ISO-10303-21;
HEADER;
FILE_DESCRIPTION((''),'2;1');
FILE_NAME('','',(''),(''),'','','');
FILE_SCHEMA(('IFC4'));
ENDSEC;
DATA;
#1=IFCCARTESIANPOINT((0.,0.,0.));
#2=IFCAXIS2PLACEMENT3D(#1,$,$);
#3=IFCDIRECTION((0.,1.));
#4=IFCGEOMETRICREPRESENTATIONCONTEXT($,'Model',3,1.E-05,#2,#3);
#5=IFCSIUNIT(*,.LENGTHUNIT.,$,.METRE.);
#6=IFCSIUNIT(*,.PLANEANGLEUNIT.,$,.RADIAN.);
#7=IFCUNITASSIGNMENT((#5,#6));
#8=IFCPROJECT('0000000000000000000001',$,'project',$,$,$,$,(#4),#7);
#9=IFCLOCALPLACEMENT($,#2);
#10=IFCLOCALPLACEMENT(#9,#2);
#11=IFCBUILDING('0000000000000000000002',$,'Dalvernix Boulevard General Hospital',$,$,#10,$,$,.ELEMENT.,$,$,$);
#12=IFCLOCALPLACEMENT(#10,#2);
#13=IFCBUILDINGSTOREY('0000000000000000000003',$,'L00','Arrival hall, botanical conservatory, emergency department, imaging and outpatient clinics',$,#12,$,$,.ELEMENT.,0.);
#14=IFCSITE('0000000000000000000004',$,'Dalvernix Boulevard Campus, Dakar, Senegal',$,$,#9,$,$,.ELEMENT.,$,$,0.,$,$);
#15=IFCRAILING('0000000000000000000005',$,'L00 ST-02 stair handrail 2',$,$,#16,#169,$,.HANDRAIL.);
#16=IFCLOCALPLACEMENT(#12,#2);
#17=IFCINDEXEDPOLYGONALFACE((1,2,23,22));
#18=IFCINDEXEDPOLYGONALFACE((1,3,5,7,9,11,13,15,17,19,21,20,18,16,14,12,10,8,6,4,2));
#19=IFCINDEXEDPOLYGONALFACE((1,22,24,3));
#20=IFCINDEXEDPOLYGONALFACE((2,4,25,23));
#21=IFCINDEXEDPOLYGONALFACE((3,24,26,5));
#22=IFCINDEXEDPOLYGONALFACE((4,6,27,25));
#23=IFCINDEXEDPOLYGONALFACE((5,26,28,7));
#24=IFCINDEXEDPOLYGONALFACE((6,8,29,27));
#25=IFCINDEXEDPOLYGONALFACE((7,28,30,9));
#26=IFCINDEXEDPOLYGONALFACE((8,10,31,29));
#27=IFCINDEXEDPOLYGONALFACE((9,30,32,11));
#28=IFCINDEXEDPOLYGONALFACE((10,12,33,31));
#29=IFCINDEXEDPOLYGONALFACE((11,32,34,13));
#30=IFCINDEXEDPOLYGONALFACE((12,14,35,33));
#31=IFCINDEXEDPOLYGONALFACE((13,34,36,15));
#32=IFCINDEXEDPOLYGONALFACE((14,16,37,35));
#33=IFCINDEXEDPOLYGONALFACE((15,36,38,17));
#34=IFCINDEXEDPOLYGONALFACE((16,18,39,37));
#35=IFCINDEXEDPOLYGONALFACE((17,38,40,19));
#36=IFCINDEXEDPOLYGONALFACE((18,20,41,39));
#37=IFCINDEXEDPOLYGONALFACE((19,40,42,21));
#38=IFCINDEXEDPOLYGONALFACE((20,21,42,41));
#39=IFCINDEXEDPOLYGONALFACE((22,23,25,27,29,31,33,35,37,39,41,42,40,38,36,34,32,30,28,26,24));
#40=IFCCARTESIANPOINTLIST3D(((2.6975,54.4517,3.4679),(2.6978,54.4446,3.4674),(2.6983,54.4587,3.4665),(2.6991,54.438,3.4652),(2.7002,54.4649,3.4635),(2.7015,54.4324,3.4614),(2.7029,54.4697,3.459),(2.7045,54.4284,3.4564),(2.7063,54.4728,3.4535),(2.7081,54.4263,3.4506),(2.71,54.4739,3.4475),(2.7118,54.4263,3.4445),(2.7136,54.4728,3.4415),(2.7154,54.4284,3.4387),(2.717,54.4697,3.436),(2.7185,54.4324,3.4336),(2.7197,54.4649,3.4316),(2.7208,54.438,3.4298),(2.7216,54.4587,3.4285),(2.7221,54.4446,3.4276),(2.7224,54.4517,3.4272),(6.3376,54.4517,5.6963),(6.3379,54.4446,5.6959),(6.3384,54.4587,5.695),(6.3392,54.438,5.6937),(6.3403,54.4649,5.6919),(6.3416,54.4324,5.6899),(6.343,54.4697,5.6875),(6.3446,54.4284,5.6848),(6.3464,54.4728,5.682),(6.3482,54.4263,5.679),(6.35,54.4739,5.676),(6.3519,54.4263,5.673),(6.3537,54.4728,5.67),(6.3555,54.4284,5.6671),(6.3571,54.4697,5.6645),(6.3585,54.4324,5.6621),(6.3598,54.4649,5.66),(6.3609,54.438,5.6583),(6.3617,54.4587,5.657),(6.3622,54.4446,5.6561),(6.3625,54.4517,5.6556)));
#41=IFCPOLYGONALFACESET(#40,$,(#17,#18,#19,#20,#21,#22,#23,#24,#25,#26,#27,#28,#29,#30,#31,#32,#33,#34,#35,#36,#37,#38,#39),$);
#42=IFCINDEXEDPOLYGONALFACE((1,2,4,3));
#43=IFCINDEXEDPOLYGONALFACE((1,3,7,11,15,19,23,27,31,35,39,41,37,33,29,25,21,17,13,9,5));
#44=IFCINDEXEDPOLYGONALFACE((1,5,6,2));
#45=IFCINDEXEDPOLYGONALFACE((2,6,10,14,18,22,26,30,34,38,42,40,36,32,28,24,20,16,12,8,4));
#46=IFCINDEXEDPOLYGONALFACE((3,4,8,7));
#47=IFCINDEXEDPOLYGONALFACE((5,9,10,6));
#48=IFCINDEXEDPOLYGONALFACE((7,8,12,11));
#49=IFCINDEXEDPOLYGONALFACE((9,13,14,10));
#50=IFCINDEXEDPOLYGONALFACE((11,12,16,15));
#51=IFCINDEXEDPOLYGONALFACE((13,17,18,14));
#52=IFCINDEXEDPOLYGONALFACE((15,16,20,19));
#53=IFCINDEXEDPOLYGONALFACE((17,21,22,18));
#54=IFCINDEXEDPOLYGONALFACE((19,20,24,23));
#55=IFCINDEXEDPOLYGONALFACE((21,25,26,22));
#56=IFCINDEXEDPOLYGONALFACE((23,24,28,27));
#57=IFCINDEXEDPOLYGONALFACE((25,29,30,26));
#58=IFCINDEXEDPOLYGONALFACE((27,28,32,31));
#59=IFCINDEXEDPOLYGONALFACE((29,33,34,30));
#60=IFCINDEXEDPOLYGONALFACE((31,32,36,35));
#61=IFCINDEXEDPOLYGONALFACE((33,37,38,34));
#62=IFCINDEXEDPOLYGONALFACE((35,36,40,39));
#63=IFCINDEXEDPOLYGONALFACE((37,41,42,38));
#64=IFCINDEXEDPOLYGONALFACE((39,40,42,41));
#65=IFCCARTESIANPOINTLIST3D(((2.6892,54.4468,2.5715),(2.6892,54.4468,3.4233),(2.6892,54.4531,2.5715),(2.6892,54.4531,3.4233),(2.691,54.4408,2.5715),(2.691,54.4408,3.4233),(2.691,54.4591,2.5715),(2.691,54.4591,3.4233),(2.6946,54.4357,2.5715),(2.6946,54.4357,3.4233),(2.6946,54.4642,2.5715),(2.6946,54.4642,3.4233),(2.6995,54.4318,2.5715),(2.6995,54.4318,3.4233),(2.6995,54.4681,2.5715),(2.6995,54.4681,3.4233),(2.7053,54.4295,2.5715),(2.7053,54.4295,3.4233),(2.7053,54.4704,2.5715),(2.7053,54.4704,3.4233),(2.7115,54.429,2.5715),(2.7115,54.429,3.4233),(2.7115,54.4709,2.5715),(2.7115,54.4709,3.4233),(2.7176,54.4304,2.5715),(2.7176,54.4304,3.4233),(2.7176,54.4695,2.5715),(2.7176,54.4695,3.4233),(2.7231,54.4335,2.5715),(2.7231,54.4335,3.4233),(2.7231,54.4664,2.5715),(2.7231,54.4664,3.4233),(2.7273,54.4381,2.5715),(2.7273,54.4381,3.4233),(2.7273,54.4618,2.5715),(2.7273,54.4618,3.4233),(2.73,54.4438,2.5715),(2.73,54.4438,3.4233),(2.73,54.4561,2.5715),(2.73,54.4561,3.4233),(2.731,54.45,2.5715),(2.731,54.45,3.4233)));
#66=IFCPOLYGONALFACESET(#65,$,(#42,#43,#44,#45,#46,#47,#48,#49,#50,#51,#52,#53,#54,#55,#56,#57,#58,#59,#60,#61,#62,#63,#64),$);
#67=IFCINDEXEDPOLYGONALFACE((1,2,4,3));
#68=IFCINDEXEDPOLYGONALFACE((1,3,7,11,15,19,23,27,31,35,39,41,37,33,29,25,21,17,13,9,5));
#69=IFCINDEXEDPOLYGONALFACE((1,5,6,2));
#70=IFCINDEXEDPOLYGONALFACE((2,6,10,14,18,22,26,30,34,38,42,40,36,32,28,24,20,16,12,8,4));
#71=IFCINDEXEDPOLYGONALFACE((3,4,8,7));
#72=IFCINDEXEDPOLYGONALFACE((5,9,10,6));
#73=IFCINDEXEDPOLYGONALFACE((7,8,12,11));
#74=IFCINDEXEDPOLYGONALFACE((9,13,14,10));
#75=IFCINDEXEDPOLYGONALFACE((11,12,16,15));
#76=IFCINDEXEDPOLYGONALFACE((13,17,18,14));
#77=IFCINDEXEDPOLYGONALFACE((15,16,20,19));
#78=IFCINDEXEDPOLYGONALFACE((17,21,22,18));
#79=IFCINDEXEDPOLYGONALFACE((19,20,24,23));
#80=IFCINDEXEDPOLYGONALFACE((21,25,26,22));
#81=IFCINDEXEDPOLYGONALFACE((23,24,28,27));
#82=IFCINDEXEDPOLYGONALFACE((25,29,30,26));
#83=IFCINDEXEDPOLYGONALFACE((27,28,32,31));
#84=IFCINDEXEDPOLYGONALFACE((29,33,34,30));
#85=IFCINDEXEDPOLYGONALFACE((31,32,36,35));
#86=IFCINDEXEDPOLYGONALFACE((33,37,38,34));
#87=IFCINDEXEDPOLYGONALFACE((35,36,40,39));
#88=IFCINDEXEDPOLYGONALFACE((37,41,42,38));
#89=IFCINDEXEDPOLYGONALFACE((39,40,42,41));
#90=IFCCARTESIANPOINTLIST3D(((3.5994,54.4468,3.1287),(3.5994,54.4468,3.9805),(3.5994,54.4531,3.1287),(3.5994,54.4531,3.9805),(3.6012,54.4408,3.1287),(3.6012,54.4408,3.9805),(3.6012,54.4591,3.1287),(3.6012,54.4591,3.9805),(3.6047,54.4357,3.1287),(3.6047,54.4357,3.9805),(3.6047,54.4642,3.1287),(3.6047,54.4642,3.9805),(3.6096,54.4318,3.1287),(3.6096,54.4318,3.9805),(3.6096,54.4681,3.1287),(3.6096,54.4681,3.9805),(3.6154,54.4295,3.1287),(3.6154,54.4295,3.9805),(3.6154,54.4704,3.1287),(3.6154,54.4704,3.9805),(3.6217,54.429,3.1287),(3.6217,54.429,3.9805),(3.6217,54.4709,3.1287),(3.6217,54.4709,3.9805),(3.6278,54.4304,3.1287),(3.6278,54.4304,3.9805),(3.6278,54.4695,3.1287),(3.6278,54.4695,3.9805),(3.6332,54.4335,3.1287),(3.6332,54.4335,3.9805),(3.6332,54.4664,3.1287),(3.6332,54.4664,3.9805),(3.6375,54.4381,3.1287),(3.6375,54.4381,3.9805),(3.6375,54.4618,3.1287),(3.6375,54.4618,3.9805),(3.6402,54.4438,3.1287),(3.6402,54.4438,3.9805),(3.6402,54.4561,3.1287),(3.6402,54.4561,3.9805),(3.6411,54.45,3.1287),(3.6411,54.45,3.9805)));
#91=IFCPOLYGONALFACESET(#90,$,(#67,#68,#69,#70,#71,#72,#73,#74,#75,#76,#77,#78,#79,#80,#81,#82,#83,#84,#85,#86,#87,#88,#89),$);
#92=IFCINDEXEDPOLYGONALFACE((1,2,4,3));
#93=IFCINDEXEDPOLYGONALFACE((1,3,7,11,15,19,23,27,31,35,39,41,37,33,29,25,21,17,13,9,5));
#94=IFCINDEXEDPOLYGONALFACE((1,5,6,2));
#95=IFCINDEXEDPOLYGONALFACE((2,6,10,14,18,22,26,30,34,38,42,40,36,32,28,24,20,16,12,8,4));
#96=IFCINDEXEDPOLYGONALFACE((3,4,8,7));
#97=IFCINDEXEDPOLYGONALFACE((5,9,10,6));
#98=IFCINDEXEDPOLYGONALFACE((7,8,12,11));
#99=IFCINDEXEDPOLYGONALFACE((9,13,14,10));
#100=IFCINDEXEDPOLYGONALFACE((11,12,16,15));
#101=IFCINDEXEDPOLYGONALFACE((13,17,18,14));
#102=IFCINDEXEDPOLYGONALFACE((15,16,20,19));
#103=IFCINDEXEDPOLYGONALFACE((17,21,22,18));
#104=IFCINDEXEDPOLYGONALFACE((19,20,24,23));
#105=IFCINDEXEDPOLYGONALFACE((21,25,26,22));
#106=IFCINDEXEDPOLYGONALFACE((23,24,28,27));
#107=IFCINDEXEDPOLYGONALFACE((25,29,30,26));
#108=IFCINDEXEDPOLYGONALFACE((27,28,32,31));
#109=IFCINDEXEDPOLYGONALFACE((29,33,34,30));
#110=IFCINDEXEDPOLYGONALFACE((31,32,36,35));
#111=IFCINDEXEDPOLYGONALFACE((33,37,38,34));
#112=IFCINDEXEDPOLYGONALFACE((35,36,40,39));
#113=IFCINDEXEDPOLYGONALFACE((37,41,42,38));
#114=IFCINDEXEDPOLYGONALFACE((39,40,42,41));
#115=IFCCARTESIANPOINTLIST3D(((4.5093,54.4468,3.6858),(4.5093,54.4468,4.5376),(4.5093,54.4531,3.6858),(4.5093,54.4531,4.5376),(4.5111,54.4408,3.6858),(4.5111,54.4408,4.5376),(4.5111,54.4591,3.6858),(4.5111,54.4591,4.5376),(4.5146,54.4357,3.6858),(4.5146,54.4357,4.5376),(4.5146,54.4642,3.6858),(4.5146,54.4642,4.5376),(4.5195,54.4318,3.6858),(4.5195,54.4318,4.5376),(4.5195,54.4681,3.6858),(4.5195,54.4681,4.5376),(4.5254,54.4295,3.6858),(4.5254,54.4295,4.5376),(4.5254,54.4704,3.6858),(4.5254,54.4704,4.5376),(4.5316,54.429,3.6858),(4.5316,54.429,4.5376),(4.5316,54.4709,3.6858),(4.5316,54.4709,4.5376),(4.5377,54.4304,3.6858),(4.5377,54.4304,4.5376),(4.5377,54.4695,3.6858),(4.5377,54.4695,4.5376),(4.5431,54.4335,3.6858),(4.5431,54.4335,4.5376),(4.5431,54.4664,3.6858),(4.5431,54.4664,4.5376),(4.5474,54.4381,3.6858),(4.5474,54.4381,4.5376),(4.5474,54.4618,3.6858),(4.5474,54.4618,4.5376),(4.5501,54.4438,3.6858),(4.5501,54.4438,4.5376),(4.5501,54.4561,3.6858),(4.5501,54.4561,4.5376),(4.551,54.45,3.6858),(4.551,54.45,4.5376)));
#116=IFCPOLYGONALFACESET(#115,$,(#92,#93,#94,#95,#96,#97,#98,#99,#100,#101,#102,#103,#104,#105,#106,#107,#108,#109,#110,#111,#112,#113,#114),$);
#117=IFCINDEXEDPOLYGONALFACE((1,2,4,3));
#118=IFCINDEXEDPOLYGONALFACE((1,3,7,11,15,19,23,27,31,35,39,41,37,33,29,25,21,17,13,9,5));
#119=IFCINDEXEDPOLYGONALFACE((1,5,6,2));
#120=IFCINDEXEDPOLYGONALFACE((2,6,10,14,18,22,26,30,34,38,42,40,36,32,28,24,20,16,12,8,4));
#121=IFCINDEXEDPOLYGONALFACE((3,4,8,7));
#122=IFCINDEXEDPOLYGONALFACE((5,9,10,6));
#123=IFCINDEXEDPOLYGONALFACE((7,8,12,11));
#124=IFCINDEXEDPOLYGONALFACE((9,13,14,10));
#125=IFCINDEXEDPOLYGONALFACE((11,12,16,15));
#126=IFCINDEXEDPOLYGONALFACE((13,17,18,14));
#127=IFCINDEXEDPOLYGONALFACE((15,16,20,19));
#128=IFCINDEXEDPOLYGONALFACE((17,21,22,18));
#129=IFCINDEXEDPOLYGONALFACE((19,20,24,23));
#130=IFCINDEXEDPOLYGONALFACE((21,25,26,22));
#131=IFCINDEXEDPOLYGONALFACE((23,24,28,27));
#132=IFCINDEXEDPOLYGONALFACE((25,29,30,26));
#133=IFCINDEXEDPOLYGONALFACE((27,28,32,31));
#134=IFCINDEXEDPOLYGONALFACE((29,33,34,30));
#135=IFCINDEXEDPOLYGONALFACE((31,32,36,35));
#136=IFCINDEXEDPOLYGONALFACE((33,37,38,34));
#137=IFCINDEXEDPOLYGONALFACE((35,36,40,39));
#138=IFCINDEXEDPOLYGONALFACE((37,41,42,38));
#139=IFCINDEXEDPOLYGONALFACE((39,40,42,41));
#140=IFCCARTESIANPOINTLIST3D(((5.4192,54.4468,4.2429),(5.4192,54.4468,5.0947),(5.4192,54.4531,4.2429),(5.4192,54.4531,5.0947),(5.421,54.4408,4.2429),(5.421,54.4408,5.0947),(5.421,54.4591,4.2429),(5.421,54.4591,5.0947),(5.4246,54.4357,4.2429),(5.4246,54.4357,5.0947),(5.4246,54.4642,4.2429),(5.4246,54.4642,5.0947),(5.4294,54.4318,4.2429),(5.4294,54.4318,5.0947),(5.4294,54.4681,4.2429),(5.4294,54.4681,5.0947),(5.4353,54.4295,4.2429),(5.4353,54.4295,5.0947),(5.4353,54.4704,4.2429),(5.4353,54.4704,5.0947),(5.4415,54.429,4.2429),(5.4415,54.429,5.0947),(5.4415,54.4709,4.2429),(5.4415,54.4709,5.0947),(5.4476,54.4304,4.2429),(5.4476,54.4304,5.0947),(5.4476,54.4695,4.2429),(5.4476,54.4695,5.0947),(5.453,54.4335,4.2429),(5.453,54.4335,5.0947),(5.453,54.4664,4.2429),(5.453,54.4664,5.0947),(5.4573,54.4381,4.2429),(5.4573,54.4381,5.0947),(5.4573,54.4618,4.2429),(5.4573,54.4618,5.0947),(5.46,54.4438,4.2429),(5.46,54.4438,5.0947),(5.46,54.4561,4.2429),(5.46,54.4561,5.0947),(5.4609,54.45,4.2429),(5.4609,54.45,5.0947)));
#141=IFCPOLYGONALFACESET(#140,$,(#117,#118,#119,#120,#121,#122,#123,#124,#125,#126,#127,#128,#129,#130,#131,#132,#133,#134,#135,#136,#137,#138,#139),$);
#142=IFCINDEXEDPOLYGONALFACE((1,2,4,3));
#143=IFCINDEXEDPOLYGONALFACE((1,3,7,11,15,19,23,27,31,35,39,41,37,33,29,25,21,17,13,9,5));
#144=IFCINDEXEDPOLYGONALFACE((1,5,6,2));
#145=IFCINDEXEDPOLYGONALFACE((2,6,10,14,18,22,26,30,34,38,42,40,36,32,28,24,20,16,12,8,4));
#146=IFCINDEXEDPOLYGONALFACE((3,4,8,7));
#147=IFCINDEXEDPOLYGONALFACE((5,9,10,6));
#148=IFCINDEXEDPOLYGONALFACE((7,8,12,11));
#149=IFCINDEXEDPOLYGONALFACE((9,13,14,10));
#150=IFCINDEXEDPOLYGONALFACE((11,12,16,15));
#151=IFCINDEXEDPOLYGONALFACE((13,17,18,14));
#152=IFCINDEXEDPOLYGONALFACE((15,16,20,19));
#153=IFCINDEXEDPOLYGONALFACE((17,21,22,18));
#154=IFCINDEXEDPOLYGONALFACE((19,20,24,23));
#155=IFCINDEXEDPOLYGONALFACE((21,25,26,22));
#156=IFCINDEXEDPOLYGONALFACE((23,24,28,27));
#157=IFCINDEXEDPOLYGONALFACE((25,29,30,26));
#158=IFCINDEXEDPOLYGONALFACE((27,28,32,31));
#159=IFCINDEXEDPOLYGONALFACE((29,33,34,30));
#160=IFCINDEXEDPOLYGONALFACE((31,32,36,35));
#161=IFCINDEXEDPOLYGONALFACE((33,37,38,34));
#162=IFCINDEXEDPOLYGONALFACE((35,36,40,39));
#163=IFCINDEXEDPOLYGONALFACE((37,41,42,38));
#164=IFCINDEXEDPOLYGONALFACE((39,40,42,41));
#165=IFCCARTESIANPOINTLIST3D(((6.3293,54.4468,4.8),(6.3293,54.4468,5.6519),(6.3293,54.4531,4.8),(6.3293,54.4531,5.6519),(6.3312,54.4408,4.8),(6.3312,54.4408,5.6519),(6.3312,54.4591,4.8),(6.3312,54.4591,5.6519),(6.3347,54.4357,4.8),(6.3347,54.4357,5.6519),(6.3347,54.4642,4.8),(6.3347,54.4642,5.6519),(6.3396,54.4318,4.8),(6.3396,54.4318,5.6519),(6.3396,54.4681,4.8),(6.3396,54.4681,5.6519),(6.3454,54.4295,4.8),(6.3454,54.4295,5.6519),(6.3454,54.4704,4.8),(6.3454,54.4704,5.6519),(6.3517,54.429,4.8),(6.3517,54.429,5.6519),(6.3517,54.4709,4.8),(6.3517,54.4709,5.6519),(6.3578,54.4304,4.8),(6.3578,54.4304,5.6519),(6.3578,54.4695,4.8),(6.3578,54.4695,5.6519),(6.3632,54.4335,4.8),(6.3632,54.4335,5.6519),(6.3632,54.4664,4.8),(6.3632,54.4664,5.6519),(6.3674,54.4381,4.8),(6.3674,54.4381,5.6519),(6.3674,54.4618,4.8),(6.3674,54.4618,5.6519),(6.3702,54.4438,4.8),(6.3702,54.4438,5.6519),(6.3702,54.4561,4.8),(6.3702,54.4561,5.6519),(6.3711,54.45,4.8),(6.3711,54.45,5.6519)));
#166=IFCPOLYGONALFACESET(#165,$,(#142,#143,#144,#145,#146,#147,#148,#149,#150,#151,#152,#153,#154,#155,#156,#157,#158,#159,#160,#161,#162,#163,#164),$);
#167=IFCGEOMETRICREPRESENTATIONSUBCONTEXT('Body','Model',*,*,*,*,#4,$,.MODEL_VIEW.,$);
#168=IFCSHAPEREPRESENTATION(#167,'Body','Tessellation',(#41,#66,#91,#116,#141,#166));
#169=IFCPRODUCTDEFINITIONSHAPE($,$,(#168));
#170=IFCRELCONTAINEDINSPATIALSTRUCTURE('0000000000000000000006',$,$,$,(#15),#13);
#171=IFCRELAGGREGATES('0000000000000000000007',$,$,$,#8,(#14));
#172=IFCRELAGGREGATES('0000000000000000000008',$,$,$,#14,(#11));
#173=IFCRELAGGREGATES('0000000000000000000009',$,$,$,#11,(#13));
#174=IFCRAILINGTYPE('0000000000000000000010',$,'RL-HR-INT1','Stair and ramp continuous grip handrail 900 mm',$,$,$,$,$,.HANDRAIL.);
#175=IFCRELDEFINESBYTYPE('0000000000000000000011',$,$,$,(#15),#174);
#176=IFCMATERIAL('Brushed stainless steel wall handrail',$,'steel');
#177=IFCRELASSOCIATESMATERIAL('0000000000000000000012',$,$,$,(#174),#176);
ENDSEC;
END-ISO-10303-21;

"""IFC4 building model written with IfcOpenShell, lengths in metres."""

from ifc_helpers import new_model, si_unit, direction, frame, origin, origin_2d, place, context, subcontext, project, spatial, circle, extrude, material, type_object, element, save


model = new_model("IFC4")

# Units and contexts
model_context = context("Model", 3, precision=1e-05, world=origin(), true_north=direction((0.0, 1.0)))
body_context = subcontext(model_context, "Body", "Model", "MODEL_VIEW")
ifc_project = project(units=[si_unit("LENGTHUNIT", "METRE"), si_unit("PLANEANGLEUNIT", "RADIAN")], contexts=[model_context])

# Site, building, storey
site_placement = place(None, origin())
site = spatial("IfcSite", under=ifc_project, at=site_placement, Name="Dalvernix Boulevard Campus, Dakar, Senegal", CompositionType="ELEMENT", RefElevation=0.0)
building_placement = place(site_placement, origin())
building = spatial("IfcBuilding", under=site, at=building_placement, Name="Dalvernix Boulevard General Hospital", CompositionType="ELEMENT")
storey_placement = place(building_placement, origin())
storey = spatial("IfcBuildingStorey", under=building, at=storey_placement, Name="L00", Description="Arrival hall, botanical conservatory, emergency department, imaging and outpatient clinics", CompositionType="ELEMENT", Elevation=0.0)

# Railing
ifc_material_1 = material(Name="Brushed stainless steel wall handrail", Category="steel")
railing_type_1 = type_object("IfcRailingType", Name="RL-HR-INT1", Description="Stair and ramp continuous grip handrail 900 mm", PredefinedType="HANDRAIL", material=ifc_material_1)
railing_1_placement = place(storey_placement, frame((2.71, 54.45, 2.5715)))
element("IfcRailing", 1, at=railing_1_placement, inside=storey, type_object=railing_type_1, Name="L00 ST-02 stair handrail 2", PredefinedType="HANDRAIL", context=body_context, shape_type="SweptSolid", body=[
    extrude(circle(Radius=0.0239, at=origin_2d()), frame((0.0, 0.0, 0.876), z_axis=(0.852866, 0.0, 0.52213), x_axis=(0.0, 1.0, 0.0)), (0.0, 0.0, 1.0), 4.2681),
    extrude(circle(Radius=0.021, at=origin_2d()), origin(), (0.0, 0.0, 1.0), 0.8518),
    extrude(circle(Radius=0.021, at=origin_2d()), frame((0.9102, 0.0, 0.5571)), (0.0, 0.0, 1.0), 0.8518),
    extrude(circle(Radius=0.021, at=origin_2d()), frame((1.8201, 0.0, 1.1143)), (0.0, 0.0, 1.0), 0.8518),
    extrude(circle(Radius=0.021, at=origin_2d()), frame((2.73, 0.0, 1.6714)), (0.0, 0.0, 1.0), 0.8518),
    extrude(circle(Radius=0.021, at=origin_2d()), frame((3.6401, 0.0, 2.2285)), (0.0, 0.0, 1.0), 0.8518),
])

save(model, "model.ifc")
